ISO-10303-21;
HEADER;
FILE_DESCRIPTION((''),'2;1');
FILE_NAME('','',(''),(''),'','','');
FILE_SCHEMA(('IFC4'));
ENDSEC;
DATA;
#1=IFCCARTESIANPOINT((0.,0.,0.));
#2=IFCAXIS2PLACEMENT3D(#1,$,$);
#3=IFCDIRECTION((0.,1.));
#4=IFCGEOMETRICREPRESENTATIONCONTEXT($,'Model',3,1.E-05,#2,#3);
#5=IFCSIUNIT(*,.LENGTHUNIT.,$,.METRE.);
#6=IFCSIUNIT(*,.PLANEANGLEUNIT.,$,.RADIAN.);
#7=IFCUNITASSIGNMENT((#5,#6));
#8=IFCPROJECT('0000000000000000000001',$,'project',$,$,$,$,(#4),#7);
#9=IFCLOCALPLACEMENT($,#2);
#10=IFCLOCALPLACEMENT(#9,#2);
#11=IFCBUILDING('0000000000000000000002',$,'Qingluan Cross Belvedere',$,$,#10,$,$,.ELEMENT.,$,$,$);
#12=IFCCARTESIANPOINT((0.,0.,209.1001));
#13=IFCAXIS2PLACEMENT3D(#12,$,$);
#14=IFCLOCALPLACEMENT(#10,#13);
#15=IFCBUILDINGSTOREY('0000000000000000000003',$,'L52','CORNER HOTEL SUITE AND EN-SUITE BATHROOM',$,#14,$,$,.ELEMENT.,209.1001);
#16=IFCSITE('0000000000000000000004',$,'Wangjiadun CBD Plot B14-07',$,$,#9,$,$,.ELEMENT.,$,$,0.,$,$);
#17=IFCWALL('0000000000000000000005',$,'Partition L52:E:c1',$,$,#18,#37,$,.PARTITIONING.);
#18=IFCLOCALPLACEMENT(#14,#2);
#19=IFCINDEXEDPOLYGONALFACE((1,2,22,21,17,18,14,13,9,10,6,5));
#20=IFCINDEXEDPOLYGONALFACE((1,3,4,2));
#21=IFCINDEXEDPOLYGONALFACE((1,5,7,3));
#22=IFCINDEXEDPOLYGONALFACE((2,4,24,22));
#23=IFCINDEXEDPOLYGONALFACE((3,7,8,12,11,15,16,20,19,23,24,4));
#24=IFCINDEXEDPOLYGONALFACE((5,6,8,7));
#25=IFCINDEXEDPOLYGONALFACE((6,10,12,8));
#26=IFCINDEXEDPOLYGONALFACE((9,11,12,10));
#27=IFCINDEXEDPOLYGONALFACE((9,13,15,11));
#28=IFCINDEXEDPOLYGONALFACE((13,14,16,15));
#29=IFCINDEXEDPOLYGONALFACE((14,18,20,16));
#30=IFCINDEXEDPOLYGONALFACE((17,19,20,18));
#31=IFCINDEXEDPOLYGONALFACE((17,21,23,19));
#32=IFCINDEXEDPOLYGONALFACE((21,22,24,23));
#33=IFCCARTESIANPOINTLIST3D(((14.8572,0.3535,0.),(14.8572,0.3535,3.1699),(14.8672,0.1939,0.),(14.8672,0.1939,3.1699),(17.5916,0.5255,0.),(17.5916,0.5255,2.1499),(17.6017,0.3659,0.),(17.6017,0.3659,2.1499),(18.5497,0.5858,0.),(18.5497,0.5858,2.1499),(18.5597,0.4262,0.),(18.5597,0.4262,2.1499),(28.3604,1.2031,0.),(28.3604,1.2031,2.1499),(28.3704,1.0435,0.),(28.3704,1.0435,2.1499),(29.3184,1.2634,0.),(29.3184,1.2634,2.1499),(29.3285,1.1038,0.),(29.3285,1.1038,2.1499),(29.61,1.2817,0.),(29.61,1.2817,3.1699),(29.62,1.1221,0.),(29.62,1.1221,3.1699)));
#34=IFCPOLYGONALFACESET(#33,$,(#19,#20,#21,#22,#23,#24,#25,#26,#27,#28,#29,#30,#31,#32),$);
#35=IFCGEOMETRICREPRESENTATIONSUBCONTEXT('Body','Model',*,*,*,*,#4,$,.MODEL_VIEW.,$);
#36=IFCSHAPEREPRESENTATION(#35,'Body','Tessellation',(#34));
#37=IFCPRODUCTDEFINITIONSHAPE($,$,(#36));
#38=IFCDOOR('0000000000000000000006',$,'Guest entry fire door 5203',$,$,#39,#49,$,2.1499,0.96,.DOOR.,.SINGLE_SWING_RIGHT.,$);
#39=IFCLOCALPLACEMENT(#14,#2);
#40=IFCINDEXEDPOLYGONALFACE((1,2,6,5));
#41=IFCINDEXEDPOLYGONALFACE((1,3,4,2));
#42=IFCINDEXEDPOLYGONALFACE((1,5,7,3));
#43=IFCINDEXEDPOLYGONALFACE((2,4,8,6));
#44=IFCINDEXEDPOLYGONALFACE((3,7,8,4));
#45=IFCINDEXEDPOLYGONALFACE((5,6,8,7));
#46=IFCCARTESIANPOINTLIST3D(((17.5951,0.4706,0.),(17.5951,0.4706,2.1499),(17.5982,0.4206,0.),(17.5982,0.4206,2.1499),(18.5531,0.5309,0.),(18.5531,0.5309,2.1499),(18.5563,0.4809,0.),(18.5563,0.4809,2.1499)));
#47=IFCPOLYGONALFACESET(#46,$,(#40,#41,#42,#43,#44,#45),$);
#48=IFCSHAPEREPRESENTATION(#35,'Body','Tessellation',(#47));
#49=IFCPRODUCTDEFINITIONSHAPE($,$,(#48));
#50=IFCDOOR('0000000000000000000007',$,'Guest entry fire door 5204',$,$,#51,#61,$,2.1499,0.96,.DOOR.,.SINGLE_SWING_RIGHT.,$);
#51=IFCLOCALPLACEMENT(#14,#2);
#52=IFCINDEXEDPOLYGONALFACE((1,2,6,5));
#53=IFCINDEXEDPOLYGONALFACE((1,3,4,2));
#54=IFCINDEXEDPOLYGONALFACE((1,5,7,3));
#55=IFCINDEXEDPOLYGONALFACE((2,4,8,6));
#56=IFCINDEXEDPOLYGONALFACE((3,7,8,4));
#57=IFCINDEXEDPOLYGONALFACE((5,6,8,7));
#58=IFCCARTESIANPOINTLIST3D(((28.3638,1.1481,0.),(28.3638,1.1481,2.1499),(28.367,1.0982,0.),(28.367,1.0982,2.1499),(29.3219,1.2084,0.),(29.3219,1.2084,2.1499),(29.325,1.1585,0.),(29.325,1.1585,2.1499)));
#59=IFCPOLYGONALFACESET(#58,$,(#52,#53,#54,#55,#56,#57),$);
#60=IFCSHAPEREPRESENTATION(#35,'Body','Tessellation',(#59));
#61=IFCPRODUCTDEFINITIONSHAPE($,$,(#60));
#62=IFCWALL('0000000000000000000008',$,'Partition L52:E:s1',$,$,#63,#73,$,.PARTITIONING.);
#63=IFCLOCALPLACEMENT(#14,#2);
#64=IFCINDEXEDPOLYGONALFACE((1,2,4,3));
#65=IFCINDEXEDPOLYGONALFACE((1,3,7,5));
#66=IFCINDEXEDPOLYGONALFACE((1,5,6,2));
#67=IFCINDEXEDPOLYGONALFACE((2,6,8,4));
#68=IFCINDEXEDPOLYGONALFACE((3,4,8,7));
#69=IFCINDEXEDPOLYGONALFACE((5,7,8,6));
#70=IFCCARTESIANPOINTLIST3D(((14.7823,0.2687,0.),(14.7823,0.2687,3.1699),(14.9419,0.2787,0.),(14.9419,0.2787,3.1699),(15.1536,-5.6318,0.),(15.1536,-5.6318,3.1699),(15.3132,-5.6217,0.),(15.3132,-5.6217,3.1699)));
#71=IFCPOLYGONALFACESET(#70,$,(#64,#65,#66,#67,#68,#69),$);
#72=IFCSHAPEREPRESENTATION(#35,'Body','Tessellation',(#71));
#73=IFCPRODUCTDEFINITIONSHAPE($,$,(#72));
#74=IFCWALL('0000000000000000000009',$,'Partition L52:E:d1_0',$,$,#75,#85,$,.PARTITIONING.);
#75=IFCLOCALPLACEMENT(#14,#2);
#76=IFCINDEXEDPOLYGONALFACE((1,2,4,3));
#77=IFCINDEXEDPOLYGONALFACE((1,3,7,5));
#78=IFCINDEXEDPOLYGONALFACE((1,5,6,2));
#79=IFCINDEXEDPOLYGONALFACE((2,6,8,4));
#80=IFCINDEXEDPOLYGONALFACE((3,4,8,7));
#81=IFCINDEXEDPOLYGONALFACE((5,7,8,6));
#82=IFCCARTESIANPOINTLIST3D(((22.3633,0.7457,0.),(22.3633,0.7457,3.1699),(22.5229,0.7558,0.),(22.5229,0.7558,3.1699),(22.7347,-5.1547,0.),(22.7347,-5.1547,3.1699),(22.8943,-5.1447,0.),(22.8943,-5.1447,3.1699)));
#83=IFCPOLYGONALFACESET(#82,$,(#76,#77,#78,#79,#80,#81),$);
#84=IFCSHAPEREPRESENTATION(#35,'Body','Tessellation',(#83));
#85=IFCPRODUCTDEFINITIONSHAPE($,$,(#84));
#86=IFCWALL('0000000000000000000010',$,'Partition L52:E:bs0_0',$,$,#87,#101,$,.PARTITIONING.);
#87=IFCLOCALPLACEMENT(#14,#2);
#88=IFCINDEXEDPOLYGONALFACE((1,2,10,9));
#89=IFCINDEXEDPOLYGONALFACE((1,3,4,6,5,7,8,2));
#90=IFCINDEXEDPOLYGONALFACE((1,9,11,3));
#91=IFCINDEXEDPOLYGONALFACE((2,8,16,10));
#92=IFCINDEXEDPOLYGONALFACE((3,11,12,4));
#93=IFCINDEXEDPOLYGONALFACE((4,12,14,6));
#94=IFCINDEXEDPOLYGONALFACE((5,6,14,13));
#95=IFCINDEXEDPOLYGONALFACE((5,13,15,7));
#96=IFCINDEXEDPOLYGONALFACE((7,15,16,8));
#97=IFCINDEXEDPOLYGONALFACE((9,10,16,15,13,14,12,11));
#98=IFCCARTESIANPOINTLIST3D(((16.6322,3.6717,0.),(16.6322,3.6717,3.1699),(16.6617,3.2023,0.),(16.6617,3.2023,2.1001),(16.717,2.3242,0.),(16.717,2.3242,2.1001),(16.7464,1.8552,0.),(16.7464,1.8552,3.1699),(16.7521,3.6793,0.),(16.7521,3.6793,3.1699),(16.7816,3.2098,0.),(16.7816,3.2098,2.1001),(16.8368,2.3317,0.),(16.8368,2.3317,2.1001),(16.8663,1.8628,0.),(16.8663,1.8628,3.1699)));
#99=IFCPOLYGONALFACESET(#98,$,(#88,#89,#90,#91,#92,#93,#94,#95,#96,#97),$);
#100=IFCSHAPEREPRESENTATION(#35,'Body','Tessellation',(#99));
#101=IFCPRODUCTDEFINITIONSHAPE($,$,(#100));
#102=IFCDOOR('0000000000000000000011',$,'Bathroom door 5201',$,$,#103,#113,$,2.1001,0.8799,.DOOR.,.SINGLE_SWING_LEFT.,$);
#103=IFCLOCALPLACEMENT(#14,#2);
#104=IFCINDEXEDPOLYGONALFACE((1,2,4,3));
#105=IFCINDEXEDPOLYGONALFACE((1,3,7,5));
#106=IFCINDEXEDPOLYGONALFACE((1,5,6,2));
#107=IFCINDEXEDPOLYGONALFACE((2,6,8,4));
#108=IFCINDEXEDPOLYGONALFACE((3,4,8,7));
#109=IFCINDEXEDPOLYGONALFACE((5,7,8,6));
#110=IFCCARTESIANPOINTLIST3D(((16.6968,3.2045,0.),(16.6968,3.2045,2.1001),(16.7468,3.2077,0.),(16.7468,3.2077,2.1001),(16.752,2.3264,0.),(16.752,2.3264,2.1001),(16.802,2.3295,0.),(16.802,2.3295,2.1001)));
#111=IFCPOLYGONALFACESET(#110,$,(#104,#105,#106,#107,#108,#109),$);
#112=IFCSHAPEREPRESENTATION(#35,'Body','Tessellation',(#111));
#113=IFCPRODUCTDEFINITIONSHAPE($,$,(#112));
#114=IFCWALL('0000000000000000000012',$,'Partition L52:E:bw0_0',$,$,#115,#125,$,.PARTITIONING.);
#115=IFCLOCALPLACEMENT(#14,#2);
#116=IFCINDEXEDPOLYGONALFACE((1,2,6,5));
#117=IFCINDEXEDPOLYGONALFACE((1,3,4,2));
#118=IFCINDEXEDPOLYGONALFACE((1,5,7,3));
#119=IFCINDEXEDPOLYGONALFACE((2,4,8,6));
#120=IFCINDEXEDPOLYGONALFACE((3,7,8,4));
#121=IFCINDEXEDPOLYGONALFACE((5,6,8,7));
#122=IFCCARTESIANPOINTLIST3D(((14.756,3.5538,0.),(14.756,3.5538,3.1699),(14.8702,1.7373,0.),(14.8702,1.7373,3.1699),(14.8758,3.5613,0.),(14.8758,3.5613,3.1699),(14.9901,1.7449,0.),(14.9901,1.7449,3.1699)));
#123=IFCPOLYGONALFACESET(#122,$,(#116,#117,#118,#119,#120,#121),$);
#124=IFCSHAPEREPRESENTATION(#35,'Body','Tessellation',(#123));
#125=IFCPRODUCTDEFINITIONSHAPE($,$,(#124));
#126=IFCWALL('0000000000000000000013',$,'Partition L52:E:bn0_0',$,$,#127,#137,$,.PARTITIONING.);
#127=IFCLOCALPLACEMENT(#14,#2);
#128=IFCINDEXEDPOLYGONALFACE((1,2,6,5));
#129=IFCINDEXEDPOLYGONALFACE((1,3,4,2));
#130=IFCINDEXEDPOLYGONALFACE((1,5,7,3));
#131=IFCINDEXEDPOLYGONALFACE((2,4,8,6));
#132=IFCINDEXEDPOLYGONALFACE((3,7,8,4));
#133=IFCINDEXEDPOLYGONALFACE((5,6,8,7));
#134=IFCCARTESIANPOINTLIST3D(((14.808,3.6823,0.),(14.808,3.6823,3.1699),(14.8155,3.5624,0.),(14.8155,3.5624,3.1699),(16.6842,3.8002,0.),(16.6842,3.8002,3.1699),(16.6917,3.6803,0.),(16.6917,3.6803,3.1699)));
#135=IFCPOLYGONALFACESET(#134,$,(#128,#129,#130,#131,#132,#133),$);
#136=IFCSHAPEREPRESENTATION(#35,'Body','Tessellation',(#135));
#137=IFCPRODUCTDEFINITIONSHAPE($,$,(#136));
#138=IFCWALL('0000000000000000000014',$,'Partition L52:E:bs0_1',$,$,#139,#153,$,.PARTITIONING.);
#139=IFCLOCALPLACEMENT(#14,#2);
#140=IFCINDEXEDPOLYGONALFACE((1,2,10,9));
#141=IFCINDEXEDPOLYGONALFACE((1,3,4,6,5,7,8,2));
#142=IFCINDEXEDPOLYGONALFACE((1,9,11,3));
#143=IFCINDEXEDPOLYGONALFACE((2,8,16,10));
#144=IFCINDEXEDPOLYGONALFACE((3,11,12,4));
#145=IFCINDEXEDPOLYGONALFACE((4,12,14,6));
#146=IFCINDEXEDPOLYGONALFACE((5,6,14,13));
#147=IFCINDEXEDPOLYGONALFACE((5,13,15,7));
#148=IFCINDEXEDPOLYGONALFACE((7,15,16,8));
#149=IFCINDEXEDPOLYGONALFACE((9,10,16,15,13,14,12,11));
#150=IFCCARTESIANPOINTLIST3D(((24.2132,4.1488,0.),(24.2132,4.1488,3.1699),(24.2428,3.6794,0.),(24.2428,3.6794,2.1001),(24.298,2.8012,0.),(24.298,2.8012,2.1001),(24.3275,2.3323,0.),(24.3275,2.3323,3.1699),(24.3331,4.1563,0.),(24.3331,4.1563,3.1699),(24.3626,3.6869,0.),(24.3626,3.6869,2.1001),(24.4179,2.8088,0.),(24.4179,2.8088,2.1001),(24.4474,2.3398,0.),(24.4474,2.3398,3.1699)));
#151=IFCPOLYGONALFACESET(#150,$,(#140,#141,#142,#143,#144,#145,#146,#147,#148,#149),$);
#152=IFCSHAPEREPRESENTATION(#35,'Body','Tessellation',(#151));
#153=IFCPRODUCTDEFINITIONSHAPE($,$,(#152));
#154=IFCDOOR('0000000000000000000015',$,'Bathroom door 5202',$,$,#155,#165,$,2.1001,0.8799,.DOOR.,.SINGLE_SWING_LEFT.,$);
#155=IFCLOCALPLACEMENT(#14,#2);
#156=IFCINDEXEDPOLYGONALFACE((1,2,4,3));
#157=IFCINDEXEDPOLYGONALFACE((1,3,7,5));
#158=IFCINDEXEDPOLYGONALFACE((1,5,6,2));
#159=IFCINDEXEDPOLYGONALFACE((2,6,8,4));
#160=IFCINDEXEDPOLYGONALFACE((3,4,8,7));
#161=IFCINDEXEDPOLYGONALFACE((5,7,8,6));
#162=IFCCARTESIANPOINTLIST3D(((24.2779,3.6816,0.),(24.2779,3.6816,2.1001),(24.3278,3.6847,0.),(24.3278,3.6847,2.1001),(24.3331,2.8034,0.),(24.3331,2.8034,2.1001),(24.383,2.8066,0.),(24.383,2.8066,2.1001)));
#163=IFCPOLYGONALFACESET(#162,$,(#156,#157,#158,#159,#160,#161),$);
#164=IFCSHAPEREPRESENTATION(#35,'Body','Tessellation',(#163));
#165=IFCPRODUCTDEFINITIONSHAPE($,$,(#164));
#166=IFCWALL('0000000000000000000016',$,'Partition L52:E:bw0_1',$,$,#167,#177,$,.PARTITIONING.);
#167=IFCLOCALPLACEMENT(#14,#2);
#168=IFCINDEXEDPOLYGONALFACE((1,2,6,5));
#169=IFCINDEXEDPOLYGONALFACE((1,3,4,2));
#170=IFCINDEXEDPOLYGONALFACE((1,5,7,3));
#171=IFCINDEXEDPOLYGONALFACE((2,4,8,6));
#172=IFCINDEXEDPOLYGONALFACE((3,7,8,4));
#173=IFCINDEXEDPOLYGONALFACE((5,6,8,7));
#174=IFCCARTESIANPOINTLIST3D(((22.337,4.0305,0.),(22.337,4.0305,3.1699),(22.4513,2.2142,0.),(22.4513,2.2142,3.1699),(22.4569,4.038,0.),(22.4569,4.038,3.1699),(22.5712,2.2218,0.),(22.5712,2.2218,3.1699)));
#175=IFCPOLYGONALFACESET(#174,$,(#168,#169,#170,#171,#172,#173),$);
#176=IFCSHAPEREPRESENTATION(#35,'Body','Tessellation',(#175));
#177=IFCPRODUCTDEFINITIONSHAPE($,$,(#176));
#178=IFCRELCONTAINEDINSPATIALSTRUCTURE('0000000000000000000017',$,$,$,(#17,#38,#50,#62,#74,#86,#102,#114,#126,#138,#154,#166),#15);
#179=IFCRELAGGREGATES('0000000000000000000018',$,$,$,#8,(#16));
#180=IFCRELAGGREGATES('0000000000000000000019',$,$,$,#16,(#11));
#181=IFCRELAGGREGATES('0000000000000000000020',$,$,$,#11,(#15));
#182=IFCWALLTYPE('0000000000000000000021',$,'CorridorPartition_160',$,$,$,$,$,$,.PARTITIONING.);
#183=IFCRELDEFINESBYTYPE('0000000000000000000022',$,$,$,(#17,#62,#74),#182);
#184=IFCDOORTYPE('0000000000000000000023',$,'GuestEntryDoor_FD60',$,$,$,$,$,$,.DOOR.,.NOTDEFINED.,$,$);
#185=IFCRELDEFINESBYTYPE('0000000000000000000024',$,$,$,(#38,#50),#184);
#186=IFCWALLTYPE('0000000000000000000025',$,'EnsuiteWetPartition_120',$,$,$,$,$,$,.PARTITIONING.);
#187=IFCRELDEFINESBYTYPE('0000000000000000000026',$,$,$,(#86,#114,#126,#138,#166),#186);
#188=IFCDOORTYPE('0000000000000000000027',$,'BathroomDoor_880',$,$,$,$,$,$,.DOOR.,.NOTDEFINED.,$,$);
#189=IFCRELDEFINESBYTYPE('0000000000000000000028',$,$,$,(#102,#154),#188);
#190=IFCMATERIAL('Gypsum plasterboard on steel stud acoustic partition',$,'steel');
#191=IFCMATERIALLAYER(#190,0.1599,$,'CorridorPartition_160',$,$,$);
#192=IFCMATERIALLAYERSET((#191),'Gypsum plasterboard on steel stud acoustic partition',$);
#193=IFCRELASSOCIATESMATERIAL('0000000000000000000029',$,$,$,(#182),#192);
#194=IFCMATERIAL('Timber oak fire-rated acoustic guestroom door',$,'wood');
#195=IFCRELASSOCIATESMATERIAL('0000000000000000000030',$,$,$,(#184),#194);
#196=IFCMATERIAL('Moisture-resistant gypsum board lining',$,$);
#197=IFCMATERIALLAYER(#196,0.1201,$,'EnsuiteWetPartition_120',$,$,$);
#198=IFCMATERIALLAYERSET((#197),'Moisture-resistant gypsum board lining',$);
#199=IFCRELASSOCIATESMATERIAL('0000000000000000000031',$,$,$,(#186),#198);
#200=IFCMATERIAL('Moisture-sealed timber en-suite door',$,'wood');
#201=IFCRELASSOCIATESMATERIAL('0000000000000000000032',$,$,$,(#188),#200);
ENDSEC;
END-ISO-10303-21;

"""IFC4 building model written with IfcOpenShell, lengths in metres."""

from ifc_helpers import new_model, si_unit, direction, frame, frame_2d, origin, place, context, subcontext, project, spatial, rectangle, extrude, material, layer, layer_set, type_object, element, fill, save


model = new_model("IFC4")

# Units and contexts
model_context = context("Model", 3, precision=1e-05, world=origin(), true_north=direction((0.0, 1.0)))
body_context = subcontext(model_context, "Body", "Model", "MODEL_VIEW")
ifc_project = project(units=[si_unit("LENGTHUNIT", "METRE"), si_unit("PLANEANGLEUNIT", "RADIAN")], contexts=[model_context])

# Site, building, storey
site_placement = place(None, origin())
site = spatial("IfcSite", under=ifc_project, at=site_placement, Name="Wangjiadun CBD Plot B14-07", CompositionType="ELEMENT", RefElevation=0.0)
building_placement = place(site_placement, origin())
building = spatial("IfcBuilding", under=site, at=building_placement, Name="Qingluan Cross Belvedere", CompositionType="ELEMENT")
storey_placement = place(building_placement, frame((0.0, 0.0, 209.1001)))
storey = spatial("IfcBuildingStorey", under=building, at=storey_placement, Name="L52", Description="CORNER HOTEL SUITE AND EN-SUITE BATHROOM", CompositionType="ELEMENT", Elevation=209.1001)

# Shared definitions
ifc_material_1 = material(Name="Gypsum plasterboard on steel stud acoustic partition", Category="steel")
ifc_layer_1 = layer(ifc_material_1, 0.1599, Name="CorridorPartition_160")
ifc_layer_set_1 = layer_set([ifc_layer_1], Name="Gypsum plasterboard on steel stud acoustic partition")
wall_type_1 = type_object("IfcWallType", Name="CorridorPartition_160", PredefinedType="PARTITIONING", material=ifc_layer_set_1)
ifc_material_2 = material(Name="Timber oak fire-rated acoustic guestroom door", Category="wood")
door_type_1 = type_object("IfcDoorType", Name="GuestEntryDoor_FD60", OperationType="NOTDEFINED", PredefinedType="DOOR", material=ifc_material_2)

# Wall, openings, doors
wall_1_placement = place(storey_placement, frame((14.8621, 0.2737, 0.0), z_axis=(0.0, 0.0, 1.0), x_axis=(0.998027, 0.062794, 0.0)))
wall_1 = element("IfcWall", 1, at=wall_1_placement, inside=storey, type_object=wall_type_1, Name="Partition L52:E:c1", PredefinedType="PARTITIONING", context=body_context, shape_type="SweptSolid", body=[
    extrude(rectangle(XDim=14.782, YDim=0.1599, at=frame_2d((7.3911, 0.0))), origin(), (0.0, 0.0, 1.0), 3.1699),
])
opening_1_placement = place(wall_1_placement, frame((2.74, 0.0, 0.0)))
opening_1 = element("IfcOpeningElement", 2, at=opening_1_placement, cuts=wall_1, PredefinedType="OPENING", context=body_context, shape_type="SweptSolid", body=[
    extrude(rectangle(XDim=0.96, YDim=2.1499, at=frame_2d((0.48, 1.075))), frame((0.0, 0.0898, 0.0), z_axis=(0.0, -1.0, 0.0), x_axis=(1.0, 0.0, 0.0)), (0.0, 0.0, 1.0), 0.1799),
])
opening_2_placement = place(wall_1_placement, frame((13.53, 0.0, 0.0)))
opening_2 = element("IfcOpeningElement", 3, at=opening_2_placement, cuts=wall_1, PredefinedType="OPENING", context=body_context, shape_type="SweptSolid", body=[
    extrude(rectangle(XDim=0.96, YDim=2.1499, at=frame_2d((0.48, 1.075))), frame((0.0, 0.0898, 0.0), z_axis=(0.0, -1.0, 0.0), x_axis=(1.0, 0.0, 0.0)), (0.0, 0.0, 1.0), 0.1799),
])
door_1_placement = place(opening_1_placement, origin())
door_1 = element("IfcDoor", 4, at=door_1_placement, inside=storey, type_object=door_type_1, Name="Guest entry fire door 5203", OperationType="SINGLE_SWING_RIGHT", OverallHeight=2.1499, OverallWidth=0.96, PredefinedType="DOOR", context=body_context, shape_type="SweptSolid", body=[
    extrude(rectangle(XDim=0.96, YDim=2.1499, at=frame_2d((0.48, 1.075))), frame((0.0, 0.0249, 0.0), z_axis=(0.0, -1.0, 0.0), x_axis=(1.0, 0.0, 0.0)), (0.0, 0.0, 1.0), 0.05),
])
fill(opening_1, door_1)
door_2_placement = place(opening_2_placement, origin())
door_2 = element("IfcDoor", 5, at=door_2_placement, inside=storey, type_object=door_type_1, Name="Guest entry fire door 5204", OperationType="SINGLE_SWING_RIGHT", OverallHeight=2.1499, OverallWidth=0.96, PredefinedType="DOOR", context=body_context, shape_type="SweptSolid", body=[
    extrude(rectangle(XDim=0.96, YDim=2.1499, at=frame_2d((0.48, 1.075))), frame((0.0, 0.0249, 0.0), z_axis=(0.0, -1.0, 0.0), x_axis=(1.0, 0.0, 0.0)), (0.0, 0.0, 1.0), 0.05),
])
fill(opening_2, door_2)

# Walls
for number, where, z_axis, x_axis, name in (
    (6, (14.8621, 0.2737, 0.0), (0.0, 0.0, 1.0), (0.06281, -0.998025, 0.0), "Partition L52:E:s1"),
    (7, (22.4431, 0.7507, 0.0), (0.0, 0.0, 1.0), (0.06281, -0.998025, 0.0), "Partition L52:E:d1_0"),
):
    element("IfcWall", number, at=place(storey_placement, frame(where, z_axis=z_axis, x_axis=x_axis)), inside=storey, type_object=wall_type_1, Name=name, PredefinedType="PARTITIONING", context=body_context, shape_type="SweptSolid", body=[
        extrude(rectangle(XDim=5.9121, YDim=0.1599, at=frame_2d((2.9561, 0.0))), origin(), (0.0, 0.0, 1.0), 3.1699),
    ])

# Wall, opening, door
ifc_material_3 = material(Name="Moisture-resistant gypsum board lining")
ifc_layer_2 = layer(ifc_material_3, 0.1201, Name="EnsuiteWetPartition_120")
ifc_layer_set_2 = layer_set([ifc_layer_2], Name="Moisture-resistant gypsum board lining")
wall_type_2 = type_object("IfcWallType", Name="EnsuiteWetPartition_120", PredefinedType="PARTITIONING", material=ifc_layer_set_2)
wall_2_placement = place(storey_placement, frame((16.8064, 1.8589, 0.0), z_axis=(0.0, 0.0, 1.0), x_axis=(-0.062779, 0.998027, 0.0)))
wall_2 = element("IfcWall", 8, at=wall_2_placement, inside=storey, type_object=wall_type_2, Name="Partition L52:E:bs0_0", PredefinedType="PARTITIONING", context=body_context, shape_type="SweptSolid", body=[
    extrude(rectangle(XDim=1.8201, YDim=0.1201, at=frame_2d((0.9102, 0.0))), origin(), (0.0, 0.0, 1.0), 3.1699),
])
opening_3_placement = place(wall_2_placement, frame((0.47, 0.0, 0.0)))
opening_3 = element("IfcOpeningElement", 9, at=opening_3_placement, cuts=wall_2, PredefinedType="OPENING", context=body_context, shape_type="SweptSolid", body=[
    extrude(rectangle(XDim=0.8799, YDim=2.1001, at=frame_2d((0.4399, 1.05))), frame((0.0, 0.0701, 0.0), z_axis=(0.0, -1.0, 0.0), x_axis=(1.0, 0.0, 0.0)), (0.0, 0.0, 1.0), 0.1401),
])
ifc_material_4 = material(Name="Moisture-sealed timber en-suite door", Category="wood")
door_type_2 = type_object("IfcDoorType", Name="BathroomDoor_880", OperationType="NOTDEFINED", PredefinedType="DOOR", material=ifc_material_4)
door_3_placement = place(opening_3_placement, origin())
door_3 = element("IfcDoor", 10, at=door_3_placement, inside=storey, type_object=door_type_2, Name="Bathroom door 5201", OperationType="SINGLE_SWING_LEFT", OverallHeight=2.1001, OverallWidth=0.8799, PredefinedType="DOOR", context=body_context, shape_type="SweptSolid", body=[
    extrude(rectangle(XDim=0.8799, YDim=2.1001, at=frame_2d((0.4399, 1.05))), frame((0.0, 0.0249, 0.0), z_axis=(0.0, -1.0, 0.0), x_axis=(1.0, 0.0, 0.0)), (0.0, 0.0, 1.0), 0.05),
])
fill(opening_3, door_3)

# Walls
wall_3_placement = place(storey_placement, frame((14.9302, 1.741, 0.0), z_axis=(0.0, 0.0, 1.0), x_axis=(-0.062779, 0.998027, 0.0)))
element("IfcWall", 11, at=wall_3_placement, inside=storey, type_object=wall_type_2, Name="Partition L52:E:bw0_0", PredefinedType="PARTITIONING", context=body_context, shape_type="SweptSolid", body=[
    extrude(rectangle(XDim=1.8201, YDim=0.1201, at=frame_2d((0.9102, 0.0))), origin(), (0.0, 0.0, 1.0), 3.1699),
])
wall_4_placement = place(storey_placement, frame((14.8118, 3.6223, 0.0), z_axis=(0.0, 0.0, 1.0), x_axis=(0.998031, 0.062726, 0.0)))
element("IfcWall", 12, at=wall_4_placement, inside=storey, type_object=wall_type_2, Name="Partition L52:E:bn0_0", PredefinedType="PARTITIONING", context=body_context, shape_type="SweptSolid", body=[
    extrude(rectangle(XDim=1.8799, YDim=0.1201, at=frame_2d((0.9399, 0.0))), origin(), (0.0, 0.0, 1.0), 3.1699),
])

# Wall, opening, door
wall_5_placement = place(storey_placement, frame((24.3875, 2.3359, 0.0), z_axis=(0.0, 0.0, 1.0), x_axis=(-0.062779, 0.998027, 0.0)))
wall_5 = element("IfcWall", 13, at=wall_5_placement, inside=storey, type_object=wall_type_2, Name="Partition L52:E:bs0_1", PredefinedType="PARTITIONING", context=body_context, shape_type="SweptSolid", body=[
    extrude(rectangle(XDim=1.8201, YDim=0.1201, at=frame_2d((0.9102, 0.0))), origin(), (0.0, 0.0, 1.0), 3.1699),
])
opening_4_placement = place(wall_5_placement, frame((0.47, 0.0, 0.0)))
opening_4 = element("IfcOpeningElement", 14, at=opening_4_placement, cuts=wall_5, PredefinedType="OPENING", context=body_context, shape_type="SweptSolid", body=[
    extrude(rectangle(XDim=0.8799, YDim=2.1001, at=frame_2d((0.4399, 1.05))), frame((0.0, 0.0701, 0.0), z_axis=(0.0, -1.0, 0.0), x_axis=(1.0, 0.0, 0.0)), (0.0, 0.0, 1.0), 0.1401),
])
door_4_placement = place(opening_4_placement, origin())
door_4 = element("IfcDoor", 15, at=door_4_placement, inside=storey, type_object=door_type_2, Name="Bathroom door 5202", OperationType="SINGLE_SWING_LEFT", OverallHeight=2.1001, OverallWidth=0.8799, PredefinedType="DOOR", context=body_context, shape_type="SweptSolid", body=[
    extrude(rectangle(XDim=0.8799, YDim=2.1001, at=frame_2d((0.4399, 1.05))), frame((0.0, 0.0249, 0.0), z_axis=(0.0, -1.0, 0.0), x_axis=(1.0, 0.0, 0.0)), (0.0, 0.0, 1.0), 0.05),
])
fill(opening_4, door_4)

# Wall
wall_6_placement = place(storey_placement, frame((22.5112, 2.218, 0.0), z_axis=(0.0, 0.0, 1.0), x_axis=(-0.062788, 0.998027, 0.0)))
element("IfcWall", 16, at=wall_6_placement, inside=storey, type_object=wall_type_2, Name="Partition L52:E:bw0_1", PredefinedType="PARTITIONING", context=body_context, shape_type="SweptSolid", body=[
    extrude(rectangle(XDim=1.8198, YDim=0.1201, at=frame_2d((0.9099, 0.0))), origin(), (0.0, 0.0, 1.0), 3.1699),
])

save(model, "model.ifc")
